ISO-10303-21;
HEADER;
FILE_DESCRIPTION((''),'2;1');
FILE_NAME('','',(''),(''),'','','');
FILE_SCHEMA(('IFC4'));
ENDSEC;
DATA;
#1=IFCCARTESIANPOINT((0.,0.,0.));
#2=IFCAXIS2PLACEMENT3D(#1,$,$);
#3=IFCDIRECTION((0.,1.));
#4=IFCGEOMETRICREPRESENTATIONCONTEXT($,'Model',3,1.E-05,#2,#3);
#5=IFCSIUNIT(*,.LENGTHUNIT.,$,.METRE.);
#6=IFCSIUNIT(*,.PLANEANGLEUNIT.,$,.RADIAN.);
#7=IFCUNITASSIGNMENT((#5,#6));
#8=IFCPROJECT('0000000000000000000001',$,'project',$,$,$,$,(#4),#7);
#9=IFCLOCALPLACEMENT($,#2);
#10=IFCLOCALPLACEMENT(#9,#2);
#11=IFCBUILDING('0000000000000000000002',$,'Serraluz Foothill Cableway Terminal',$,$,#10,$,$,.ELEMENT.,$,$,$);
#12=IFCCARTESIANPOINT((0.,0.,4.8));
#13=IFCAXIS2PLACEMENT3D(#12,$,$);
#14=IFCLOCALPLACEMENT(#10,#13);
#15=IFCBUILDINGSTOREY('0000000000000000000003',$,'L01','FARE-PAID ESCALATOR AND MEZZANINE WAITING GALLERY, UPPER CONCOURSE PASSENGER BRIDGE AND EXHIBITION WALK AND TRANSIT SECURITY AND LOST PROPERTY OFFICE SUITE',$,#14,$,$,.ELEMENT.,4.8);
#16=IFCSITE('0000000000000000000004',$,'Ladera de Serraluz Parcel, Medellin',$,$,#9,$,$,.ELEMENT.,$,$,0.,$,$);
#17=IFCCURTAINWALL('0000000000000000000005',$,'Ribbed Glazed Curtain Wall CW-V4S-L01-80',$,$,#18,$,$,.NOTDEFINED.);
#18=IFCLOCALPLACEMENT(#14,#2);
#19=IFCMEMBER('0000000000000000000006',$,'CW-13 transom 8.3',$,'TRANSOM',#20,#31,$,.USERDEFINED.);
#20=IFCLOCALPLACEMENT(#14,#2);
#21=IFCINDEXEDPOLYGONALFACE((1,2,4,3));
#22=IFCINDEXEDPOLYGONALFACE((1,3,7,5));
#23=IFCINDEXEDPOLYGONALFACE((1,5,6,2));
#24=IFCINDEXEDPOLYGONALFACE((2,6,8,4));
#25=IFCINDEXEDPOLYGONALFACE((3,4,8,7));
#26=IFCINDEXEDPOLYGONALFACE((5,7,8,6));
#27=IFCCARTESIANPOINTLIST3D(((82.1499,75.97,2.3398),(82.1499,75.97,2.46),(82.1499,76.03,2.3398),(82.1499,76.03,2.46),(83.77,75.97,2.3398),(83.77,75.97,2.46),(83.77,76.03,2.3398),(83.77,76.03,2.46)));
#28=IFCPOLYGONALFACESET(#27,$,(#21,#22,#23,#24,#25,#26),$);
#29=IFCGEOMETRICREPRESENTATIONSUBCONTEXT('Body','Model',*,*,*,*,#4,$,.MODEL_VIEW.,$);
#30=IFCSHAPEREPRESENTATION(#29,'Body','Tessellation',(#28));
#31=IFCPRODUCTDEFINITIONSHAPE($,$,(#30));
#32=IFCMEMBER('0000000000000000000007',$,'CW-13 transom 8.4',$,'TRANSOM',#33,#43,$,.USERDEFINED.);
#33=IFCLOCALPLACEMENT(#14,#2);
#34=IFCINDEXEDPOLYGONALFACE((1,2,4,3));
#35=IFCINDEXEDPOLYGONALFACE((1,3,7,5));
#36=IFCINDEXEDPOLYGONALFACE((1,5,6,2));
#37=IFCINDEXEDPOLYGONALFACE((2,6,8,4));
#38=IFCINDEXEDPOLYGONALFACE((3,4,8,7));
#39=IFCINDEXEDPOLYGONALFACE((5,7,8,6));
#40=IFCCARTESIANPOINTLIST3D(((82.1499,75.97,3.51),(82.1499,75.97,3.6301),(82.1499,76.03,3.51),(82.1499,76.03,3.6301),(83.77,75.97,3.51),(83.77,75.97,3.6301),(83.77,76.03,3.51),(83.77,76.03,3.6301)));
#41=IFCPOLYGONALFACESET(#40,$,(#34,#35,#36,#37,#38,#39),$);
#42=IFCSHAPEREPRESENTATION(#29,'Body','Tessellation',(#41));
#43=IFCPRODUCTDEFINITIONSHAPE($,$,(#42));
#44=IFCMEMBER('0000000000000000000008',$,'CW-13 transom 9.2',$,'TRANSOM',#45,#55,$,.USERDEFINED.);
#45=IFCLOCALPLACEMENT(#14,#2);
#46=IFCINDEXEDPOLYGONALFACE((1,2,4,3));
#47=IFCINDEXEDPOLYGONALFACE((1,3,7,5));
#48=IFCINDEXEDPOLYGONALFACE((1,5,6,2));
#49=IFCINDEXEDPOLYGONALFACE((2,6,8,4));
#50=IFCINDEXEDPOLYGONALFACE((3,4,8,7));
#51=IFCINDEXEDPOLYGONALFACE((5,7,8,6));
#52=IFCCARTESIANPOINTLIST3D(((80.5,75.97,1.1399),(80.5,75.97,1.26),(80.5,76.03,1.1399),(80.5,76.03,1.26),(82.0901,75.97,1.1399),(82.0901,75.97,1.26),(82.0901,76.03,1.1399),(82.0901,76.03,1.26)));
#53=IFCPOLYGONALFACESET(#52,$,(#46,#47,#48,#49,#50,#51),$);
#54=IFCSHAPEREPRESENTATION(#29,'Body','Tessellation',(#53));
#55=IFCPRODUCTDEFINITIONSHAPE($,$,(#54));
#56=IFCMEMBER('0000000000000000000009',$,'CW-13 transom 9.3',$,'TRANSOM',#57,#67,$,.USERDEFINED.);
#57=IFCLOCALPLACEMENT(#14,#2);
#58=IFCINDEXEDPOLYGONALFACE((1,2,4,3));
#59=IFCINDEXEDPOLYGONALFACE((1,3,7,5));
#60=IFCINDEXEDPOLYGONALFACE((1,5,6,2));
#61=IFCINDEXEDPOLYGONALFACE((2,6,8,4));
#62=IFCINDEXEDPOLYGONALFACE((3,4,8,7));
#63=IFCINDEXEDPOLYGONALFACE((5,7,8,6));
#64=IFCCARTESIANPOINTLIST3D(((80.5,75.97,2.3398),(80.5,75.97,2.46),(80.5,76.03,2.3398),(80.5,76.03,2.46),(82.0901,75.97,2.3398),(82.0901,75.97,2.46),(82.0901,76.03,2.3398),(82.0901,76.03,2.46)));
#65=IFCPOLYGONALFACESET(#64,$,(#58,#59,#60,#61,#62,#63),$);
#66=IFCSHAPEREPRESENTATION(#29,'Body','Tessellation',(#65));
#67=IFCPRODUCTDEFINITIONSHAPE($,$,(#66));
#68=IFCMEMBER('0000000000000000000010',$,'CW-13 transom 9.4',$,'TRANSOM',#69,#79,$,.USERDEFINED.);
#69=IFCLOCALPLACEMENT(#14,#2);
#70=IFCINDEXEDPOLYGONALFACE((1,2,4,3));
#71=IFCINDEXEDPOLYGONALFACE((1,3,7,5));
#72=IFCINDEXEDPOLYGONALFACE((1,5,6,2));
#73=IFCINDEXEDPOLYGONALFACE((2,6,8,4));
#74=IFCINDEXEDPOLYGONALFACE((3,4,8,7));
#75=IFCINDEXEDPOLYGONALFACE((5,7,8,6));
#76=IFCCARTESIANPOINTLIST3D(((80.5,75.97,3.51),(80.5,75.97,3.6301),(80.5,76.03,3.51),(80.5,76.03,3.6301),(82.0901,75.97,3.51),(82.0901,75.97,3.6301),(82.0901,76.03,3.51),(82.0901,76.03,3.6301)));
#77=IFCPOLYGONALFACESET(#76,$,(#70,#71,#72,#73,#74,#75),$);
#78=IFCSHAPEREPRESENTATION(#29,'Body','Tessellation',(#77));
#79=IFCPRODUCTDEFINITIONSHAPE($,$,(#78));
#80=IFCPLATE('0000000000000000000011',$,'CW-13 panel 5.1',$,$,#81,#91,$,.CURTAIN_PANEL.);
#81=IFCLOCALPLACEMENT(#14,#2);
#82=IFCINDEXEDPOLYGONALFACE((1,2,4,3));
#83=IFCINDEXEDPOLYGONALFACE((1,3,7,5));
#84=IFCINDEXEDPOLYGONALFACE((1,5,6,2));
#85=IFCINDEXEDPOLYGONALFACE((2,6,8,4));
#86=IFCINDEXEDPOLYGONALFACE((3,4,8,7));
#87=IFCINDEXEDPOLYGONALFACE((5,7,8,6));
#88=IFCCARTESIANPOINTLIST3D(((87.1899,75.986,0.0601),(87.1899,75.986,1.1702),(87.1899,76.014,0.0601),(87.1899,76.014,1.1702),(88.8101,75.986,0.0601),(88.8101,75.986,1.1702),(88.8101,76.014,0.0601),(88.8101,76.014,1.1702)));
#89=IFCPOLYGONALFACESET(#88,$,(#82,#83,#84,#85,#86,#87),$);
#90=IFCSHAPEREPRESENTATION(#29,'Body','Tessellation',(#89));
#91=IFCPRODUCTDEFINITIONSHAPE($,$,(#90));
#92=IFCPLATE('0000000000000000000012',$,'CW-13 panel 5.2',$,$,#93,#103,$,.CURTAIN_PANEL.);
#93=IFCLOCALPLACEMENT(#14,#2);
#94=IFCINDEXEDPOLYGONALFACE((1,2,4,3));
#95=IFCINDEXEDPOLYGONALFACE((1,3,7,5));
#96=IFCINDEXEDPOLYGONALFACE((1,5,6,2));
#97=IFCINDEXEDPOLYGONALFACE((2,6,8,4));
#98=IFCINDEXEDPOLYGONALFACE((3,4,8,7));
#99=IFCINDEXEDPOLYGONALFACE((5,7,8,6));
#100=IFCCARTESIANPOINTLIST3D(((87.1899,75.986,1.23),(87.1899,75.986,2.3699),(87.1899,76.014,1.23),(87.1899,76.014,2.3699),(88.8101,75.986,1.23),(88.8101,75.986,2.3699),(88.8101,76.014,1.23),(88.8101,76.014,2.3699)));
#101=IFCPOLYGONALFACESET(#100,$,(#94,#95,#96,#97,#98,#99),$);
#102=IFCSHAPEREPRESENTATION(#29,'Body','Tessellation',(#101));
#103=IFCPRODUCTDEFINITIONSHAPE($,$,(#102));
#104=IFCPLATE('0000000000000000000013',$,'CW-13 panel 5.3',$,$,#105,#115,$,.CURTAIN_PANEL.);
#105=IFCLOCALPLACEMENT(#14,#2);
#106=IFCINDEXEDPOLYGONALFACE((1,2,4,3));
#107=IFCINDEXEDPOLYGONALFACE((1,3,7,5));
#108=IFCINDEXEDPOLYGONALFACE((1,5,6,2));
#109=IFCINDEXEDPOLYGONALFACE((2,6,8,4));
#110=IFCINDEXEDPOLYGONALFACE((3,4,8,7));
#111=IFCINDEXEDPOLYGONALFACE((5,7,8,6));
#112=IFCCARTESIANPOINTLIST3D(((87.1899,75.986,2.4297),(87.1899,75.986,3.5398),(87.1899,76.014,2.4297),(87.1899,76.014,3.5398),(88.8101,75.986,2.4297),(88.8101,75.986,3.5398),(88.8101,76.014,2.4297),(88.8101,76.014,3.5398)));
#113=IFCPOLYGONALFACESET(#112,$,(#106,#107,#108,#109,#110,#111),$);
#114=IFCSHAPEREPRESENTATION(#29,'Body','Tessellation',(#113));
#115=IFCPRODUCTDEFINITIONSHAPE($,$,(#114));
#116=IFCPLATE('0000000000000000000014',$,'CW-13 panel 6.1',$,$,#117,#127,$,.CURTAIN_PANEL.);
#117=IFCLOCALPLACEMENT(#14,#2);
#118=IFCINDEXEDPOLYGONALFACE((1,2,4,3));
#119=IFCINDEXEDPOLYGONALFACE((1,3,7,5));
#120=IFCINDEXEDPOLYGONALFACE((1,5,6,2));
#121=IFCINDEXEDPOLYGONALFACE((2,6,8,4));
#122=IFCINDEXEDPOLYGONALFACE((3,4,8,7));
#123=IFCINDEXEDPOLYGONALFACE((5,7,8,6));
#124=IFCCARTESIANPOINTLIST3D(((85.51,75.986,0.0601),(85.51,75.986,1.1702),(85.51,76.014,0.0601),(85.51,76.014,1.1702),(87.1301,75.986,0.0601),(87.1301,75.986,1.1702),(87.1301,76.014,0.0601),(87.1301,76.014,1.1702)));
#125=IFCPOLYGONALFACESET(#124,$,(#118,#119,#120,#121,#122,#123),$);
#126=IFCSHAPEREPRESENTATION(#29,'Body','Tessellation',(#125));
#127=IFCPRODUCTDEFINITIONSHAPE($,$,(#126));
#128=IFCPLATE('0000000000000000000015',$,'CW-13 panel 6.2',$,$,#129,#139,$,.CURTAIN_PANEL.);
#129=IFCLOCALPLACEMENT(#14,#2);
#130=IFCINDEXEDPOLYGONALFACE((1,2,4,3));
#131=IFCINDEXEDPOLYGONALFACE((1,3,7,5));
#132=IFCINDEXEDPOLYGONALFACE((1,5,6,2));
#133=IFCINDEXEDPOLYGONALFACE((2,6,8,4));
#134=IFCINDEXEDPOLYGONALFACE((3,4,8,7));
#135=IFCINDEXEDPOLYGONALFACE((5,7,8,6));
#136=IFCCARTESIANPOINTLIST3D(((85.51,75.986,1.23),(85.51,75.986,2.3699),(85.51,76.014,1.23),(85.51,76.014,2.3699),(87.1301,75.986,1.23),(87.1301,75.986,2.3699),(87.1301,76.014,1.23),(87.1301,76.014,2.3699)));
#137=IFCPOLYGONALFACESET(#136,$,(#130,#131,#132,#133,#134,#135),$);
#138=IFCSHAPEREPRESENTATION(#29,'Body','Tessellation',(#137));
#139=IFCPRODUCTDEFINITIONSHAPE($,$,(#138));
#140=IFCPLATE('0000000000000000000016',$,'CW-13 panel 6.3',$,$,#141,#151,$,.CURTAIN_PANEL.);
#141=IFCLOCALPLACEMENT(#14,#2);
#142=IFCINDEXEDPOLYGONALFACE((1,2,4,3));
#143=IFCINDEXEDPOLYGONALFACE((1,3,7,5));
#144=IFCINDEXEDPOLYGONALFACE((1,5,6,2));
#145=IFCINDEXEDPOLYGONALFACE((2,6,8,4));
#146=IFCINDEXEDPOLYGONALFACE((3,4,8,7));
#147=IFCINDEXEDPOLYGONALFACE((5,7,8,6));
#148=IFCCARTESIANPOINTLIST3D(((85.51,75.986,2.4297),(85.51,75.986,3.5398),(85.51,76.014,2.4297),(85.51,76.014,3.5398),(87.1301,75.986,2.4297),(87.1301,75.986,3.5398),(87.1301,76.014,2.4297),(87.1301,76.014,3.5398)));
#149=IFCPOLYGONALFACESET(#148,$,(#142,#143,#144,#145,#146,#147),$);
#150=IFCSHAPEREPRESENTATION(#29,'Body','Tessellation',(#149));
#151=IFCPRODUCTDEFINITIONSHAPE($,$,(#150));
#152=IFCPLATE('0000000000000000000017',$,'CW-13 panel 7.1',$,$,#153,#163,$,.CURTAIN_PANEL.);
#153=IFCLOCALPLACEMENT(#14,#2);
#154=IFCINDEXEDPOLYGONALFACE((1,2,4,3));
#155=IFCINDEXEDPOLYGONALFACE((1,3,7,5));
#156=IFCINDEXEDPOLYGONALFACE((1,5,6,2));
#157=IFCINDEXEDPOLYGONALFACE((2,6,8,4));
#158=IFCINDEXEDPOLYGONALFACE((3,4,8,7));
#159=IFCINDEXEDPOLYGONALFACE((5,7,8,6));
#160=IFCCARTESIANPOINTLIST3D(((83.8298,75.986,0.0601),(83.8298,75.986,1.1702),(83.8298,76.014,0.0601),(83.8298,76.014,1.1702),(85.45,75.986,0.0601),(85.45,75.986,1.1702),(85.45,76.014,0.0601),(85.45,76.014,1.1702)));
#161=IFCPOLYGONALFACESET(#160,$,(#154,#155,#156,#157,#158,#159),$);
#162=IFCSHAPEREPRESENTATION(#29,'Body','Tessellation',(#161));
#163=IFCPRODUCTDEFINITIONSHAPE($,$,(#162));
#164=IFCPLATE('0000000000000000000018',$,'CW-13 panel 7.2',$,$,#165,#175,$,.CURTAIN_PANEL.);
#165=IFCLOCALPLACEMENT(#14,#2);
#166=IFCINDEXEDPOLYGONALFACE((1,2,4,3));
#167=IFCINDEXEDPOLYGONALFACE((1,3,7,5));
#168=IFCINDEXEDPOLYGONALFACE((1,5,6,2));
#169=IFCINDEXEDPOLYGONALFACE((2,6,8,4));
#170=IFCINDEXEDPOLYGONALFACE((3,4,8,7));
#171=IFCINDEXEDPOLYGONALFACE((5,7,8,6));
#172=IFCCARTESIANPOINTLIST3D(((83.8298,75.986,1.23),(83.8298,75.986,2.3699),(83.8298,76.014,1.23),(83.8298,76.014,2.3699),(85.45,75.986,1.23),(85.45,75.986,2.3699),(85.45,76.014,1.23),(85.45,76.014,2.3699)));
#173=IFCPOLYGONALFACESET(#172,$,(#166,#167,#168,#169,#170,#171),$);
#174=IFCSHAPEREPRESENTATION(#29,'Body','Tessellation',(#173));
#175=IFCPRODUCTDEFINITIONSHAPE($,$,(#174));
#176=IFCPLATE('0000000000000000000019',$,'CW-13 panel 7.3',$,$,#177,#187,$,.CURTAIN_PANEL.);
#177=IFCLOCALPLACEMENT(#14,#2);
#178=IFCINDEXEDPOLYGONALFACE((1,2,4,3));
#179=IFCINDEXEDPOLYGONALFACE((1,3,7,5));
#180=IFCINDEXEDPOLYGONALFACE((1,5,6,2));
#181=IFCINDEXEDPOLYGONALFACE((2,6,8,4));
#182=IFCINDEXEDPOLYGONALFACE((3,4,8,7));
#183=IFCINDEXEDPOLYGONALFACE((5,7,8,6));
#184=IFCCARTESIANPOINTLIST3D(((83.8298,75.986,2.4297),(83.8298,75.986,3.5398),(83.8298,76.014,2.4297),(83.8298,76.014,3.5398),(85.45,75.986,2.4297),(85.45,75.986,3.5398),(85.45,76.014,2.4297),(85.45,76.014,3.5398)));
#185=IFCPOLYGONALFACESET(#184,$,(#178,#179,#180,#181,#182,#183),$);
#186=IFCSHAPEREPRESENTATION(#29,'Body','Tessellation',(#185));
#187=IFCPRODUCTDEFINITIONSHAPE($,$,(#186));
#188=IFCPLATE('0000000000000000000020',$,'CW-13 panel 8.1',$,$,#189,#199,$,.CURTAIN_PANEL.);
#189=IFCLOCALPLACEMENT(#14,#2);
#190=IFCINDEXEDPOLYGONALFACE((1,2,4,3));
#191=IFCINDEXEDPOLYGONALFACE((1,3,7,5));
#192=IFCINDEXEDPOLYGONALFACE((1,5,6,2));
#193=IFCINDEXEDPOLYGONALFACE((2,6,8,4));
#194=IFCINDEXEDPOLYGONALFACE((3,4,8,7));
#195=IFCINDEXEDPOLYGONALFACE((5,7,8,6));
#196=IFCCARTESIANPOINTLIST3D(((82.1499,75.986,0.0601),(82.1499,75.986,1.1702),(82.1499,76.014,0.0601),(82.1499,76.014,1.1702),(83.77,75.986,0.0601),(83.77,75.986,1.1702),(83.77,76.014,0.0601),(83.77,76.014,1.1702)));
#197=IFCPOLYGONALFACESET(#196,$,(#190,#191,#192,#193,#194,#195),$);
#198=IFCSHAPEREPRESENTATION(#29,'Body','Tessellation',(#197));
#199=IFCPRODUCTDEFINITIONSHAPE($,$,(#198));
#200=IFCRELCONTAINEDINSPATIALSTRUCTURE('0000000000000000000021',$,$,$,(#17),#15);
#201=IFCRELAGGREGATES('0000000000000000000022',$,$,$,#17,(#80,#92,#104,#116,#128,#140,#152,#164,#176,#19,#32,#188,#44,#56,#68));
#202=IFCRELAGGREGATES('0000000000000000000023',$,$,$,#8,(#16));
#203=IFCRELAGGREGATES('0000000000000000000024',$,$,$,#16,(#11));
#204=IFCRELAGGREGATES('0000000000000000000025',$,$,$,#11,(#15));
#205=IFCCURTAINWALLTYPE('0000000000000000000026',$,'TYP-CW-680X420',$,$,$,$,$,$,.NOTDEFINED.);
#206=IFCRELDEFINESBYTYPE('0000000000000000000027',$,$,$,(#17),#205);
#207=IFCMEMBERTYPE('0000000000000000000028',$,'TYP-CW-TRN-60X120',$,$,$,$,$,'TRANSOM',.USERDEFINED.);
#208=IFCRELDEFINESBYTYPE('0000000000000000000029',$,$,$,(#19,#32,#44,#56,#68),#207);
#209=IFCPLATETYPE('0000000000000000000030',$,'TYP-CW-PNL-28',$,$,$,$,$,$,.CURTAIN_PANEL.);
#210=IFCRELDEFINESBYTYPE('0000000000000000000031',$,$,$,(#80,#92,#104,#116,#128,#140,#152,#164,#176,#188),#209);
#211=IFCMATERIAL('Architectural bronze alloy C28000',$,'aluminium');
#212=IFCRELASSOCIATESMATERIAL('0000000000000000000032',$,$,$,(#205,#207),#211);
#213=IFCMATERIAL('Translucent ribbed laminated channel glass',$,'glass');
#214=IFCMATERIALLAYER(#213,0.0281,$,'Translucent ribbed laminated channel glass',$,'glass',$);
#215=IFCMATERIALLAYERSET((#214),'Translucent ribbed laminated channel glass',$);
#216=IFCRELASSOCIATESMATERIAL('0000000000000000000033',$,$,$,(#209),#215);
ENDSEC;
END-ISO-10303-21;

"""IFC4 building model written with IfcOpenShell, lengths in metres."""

from ifc_helpers import new_model, si_unit, direction, frame, origin, origin_2d, place, context, subcontext, project, spatial, rectangle, extrude, material, layer, layer_set, material_profile, profile_set, type_object, element, aggregate, save


model = new_model("IFC4")

# Units and contexts
model_context = context("Model", 3, precision=1e-05, world=origin(), true_north=direction((0.0, 1.0)))
body_context = subcontext(model_context, "Body", "Model", "MODEL_VIEW")
ifc_project = project(units=[si_unit("LENGTHUNIT", "METRE"), si_unit("PLANEANGLEUNIT", "RADIAN")], contexts=[model_context])

# Site, building, storey
site_placement = place(None, origin())
site = spatial("IfcSite", under=ifc_project, at=site_placement, Name="Ladera de Serraluz Parcel, Medellin", CompositionType="ELEMENT", RefElevation=0.0)
building_placement = place(site_placement, origin())
building = spatial("IfcBuilding", under=site, at=building_placement, Name="Serraluz Foothill Cableway Terminal", CompositionType="ELEMENT")
storey_placement = place(building_placement, frame((0.0, 0.0, 4.8)))
storey = spatial("IfcBuildingStorey", under=building, at=storey_placement, Name="L01", Description="FARE-PAID ESCALATOR AND MEZZANINE WAITING GALLERY, UPPER CONCOURSE PASSENGER BRIDGE AND EXHIBITION WALK AND TRANSIT SECURITY AND LOST PROPERTY OFFICE SUITE", CompositionType="ELEMENT", Elevation=4.8)

# Curtain wall, members, plates
ifc_material_1 = material(Name="Architectural bronze alloy C28000", Category="aluminium")
curtain_wall_type = type_object("IfcCurtainWallType", Name="TYP-CW-680X420", PredefinedType="NOTDEFINED", material=ifc_material_1)
curtain_wall_placement = place(storey_placement, origin())
curtain_wall = element("IfcCurtainWall", 1, at=curtain_wall_placement, inside=storey, type_object=curtain_wall_type, Name="Ribbed Glazed Curtain Wall CW-V4S-L01-80", PredefinedType="NOTDEFINED")
ifc_material_profile_1 = material_profile(ifc_material_1, rectangle(XDim=0.0601, YDim=0.1201, at=origin_2d()), Name="ALU TRANSOM 60x120")
ifc_profile_set_1 = profile_set([ifc_material_profile_1], Name="Architectural bronze alloy C28000")
member_type_1 = type_object("IfcMemberType", Name="TYP-CW-TRN-60X120", ElementType="TRANSOM", PredefinedType="USERDEFINED", material=ifc_profile_set_1)
member_1_placement = place(storey_placement, frame((83.77, 76.0, 2.3999), z_axis=(-1.0, 0.0, 0.0), x_axis=(0.0, -1.0, 0.0)))
member_1 = element("IfcMember", 2, at=member_1_placement, type_object=member_type_1, Name="CW-13 transom 8.3", ObjectType="TRANSOM", PredefinedType="USERDEFINED", context=body_context, shape_type="SweptSolid", body=[
    extrude(rectangle(XDim=0.0601, YDim=0.1201, at=origin_2d()), origin(), (0.0, 0.0, 1.0), 1.6201),
])
member_2_placement = place(storey_placement, frame((83.77, 76.0, 3.5701), z_axis=(-1.0, 0.0, 0.0), x_axis=(0.0, -1.0, 0.0)))
member_2 = element("IfcMember", 3, at=member_2_placement, type_object=member_type_1, Name="CW-13 transom 8.4", ObjectType="TRANSOM", PredefinedType="USERDEFINED", context=body_context, shape_type="SweptSolid", body=[
    extrude(rectangle(XDim=0.0601, YDim=0.1201, at=origin_2d()), origin(), (0.0, 0.0, 1.0), 1.6201),
])
member_3_placement = place(storey_placement, frame((82.0901, 76.0, 1.2), z_axis=(-1.0, 0.0, 0.0), x_axis=(0.0, -1.0, 0.0)))
member_3 = element("IfcMember", 4, at=member_3_placement, type_object=member_type_1, Name="CW-13 transom 9.2", ObjectType="TRANSOM", PredefinedType="USERDEFINED", context=body_context, shape_type="SweptSolid", body=[
    extrude(rectangle(XDim=0.0601, YDim=0.1201, at=origin_2d()), origin(), (0.0, 0.0, 1.0), 1.5901),
])
member_4_placement = place(storey_placement, frame((82.0901, 76.0, 2.3999), z_axis=(-1.0, 0.0, 0.0), x_axis=(0.0, -1.0, 0.0)))
member_4 = element("IfcMember", 5, at=member_4_placement, type_object=member_type_1, Name="CW-13 transom 9.3", ObjectType="TRANSOM", PredefinedType="USERDEFINED", context=body_context, shape_type="SweptSolid", body=[
    extrude(rectangle(XDim=0.0601, YDim=0.1201, at=origin_2d()), origin(), (0.0, 0.0, 1.0), 1.5901),
])
member_5_placement = place(storey_placement, frame((82.0901, 76.0, 3.5701), z_axis=(-1.0, 0.0, 0.0), x_axis=(0.0, -1.0, 0.0)))
member_5 = element("IfcMember", 6, at=member_5_placement, type_object=member_type_1, Name="CW-13 transom 9.4", ObjectType="TRANSOM", PredefinedType="USERDEFINED", context=body_context, shape_type="SweptSolid", body=[
    extrude(rectangle(XDim=0.0601, YDim=0.1201, at=origin_2d()), origin(), (0.0, 0.0, 1.0), 1.5901),
])
ifc_material_2 = material(Name="Translucent ribbed laminated channel glass", Category="glass")
ifc_layer = layer(ifc_material_2, 0.0281, Name="Translucent ribbed laminated channel glass", Category="glass")
ifc_layer_set = layer_set([ifc_layer], Name="Translucent ribbed laminated channel glass")
plate_type = type_object("IfcPlateType", Name="TYP-CW-PNL-28", PredefinedType="CURTAIN_PANEL", material=ifc_layer_set)
plate_1_placement = place(storey_placement, frame((88.0, 76.0, 0.0601), z_axis=(0.0, 0.0, 1.0), x_axis=(-1.0, 0.0, 0.0)))
plate_1 = element("IfcPlate", 7, at=plate_1_placement, type_object=plate_type, Name="CW-13 panel 5.1", PredefinedType="CURTAIN_PANEL", context=body_context, shape_type="SweptSolid", body=[
    extrude(rectangle(XDim=1.6201, YDim=0.0281, at=origin_2d()), origin(), (0.0, 0.0, 1.0), 1.1101),
])
plate_2_placement = place(storey_placement, frame((88.0, 76.0, 1.23), z_axis=(0.0, 0.0, 1.0), x_axis=(-1.0, 0.0, 0.0)))
plate_2 = element("IfcPlate", 8, at=plate_2_placement, type_object=plate_type, Name="CW-13 panel 5.2", PredefinedType="CURTAIN_PANEL", context=body_context, shape_type="SweptSolid", body=[
    extrude(rectangle(XDim=1.6201, YDim=0.0281, at=origin_2d()), origin(), (0.0, 0.0, 1.0), 1.1399),
])
plate_3_placement = place(storey_placement, frame((88.0, 76.0, 2.4297), z_axis=(0.0, 0.0, 1.0), x_axis=(-1.0, 0.0, 0.0)))
plate_3 = element("IfcPlate", 9, at=plate_3_placement, type_object=plate_type, Name="CW-13 panel 5.3", PredefinedType="CURTAIN_PANEL", context=body_context, shape_type="SweptSolid", body=[
    extrude(rectangle(XDim=1.6201, YDim=0.0281, at=origin_2d()), origin(), (0.0, 0.0, 1.0), 1.1101),
])
plate_4_placement = place(storey_placement, frame((86.3201, 76.0, 0.0601), z_axis=(0.0, 0.0, 1.0), x_axis=(-1.0, 0.0, 0.0)))
plate_4 = element("IfcPlate", 10, at=plate_4_placement, type_object=plate_type, Name="CW-13 panel 6.1", PredefinedType="CURTAIN_PANEL", context=body_context, shape_type="SweptSolid", body=[
    extrude(rectangle(XDim=1.6201, YDim=0.0281, at=origin_2d()), origin(), (0.0, 0.0, 1.0), 1.1101),
])
plate_5_placement = place(storey_placement, frame((86.3201, 76.0, 1.23), z_axis=(0.0, 0.0, 1.0), x_axis=(-1.0, 0.0, 0.0)))
plate_5 = element("IfcPlate", 11, at=plate_5_placement, type_object=plate_type, Name="CW-13 panel 6.2", PredefinedType="CURTAIN_PANEL", context=body_context, shape_type="SweptSolid", body=[
    extrude(rectangle(XDim=1.6201, YDim=0.0281, at=origin_2d()), origin(), (0.0, 0.0, 1.0), 1.1399),
])
plate_6_placement = place(storey_placement, frame((86.3201, 76.0, 2.4297), z_axis=(0.0, 0.0, 1.0), x_axis=(-1.0, 0.0, 0.0)))
plate_6 = element("IfcPlate", 12, at=plate_6_placement, type_object=plate_type, Name="CW-13 panel 6.3", PredefinedType="CURTAIN_PANEL", context=body_context, shape_type="SweptSolid", body=[
    extrude(rectangle(XDim=1.6201, YDim=0.0281, at=origin_2d()), origin(), (0.0, 0.0, 1.0), 1.1101),
])
plate_7_placement = place(storey_placement, frame((84.6399, 76.0, 0.0601), z_axis=(0.0, 0.0, 1.0), x_axis=(-1.0, 0.0, 0.0)))
plate_7 = element("IfcPlate", 13, at=plate_7_placement, type_object=plate_type, Name="CW-13 panel 7.1", PredefinedType="CURTAIN_PANEL", context=body_context, shape_type="SweptSolid", body=[
    extrude(rectangle(XDim=1.6201, YDim=0.0281, at=origin_2d()), origin(), (0.0, 0.0, 1.0), 1.1101),
])
plate_8_placement = place(storey_placement, frame((84.6399, 76.0, 1.23), z_axis=(0.0, 0.0, 1.0), x_axis=(-1.0, 0.0, 0.0)))
plate_8 = element("IfcPlate", 14, at=plate_8_placement, type_object=plate_type, Name="CW-13 panel 7.2", PredefinedType="CURTAIN_PANEL", context=body_context, shape_type="SweptSolid", body=[
    extrude(rectangle(XDim=1.6201, YDim=0.0281, at=origin_2d()), origin(), (0.0, 0.0, 1.0), 1.1399),
])
plate_9_placement = place(storey_placement, frame((84.6399, 76.0, 2.4297), z_axis=(0.0, 0.0, 1.0), x_axis=(-1.0, 0.0, 0.0)))
plate_9 = element("IfcPlate", 15, at=plate_9_placement, type_object=plate_type, Name="CW-13 panel 7.3", PredefinedType="CURTAIN_PANEL", context=body_context, shape_type="SweptSolid", body=[
    extrude(rectangle(XDim=1.6201, YDim=0.0281, at=origin_2d()), origin(), (0.0, 0.0, 1.0), 1.1101),
])
plate_10_placement = place(storey_placement, frame((82.96, 76.0, 0.0601), z_axis=(0.0, 0.0, 1.0), x_axis=(-1.0, 0.0, 0.0)))
plate_10 = element("IfcPlate", 16, at=plate_10_placement, type_object=plate_type, Name="CW-13 panel 8.1", PredefinedType="CURTAIN_PANEL", context=body_context, shape_type="SweptSolid", body=[
    extrude(rectangle(XDim=1.6201, YDim=0.0281, at=origin_2d()), origin(), (0.0, 0.0, 1.0), 1.1101),
])
aggregate(curtain_wall, [plate_1, plate_2, plate_3, plate_4, plate_5, plate_6, plate_7, plate_8, plate_9, member_1, member_2, plate_10, member_3, member_4, member_5])

save(model, "model.ifc")
